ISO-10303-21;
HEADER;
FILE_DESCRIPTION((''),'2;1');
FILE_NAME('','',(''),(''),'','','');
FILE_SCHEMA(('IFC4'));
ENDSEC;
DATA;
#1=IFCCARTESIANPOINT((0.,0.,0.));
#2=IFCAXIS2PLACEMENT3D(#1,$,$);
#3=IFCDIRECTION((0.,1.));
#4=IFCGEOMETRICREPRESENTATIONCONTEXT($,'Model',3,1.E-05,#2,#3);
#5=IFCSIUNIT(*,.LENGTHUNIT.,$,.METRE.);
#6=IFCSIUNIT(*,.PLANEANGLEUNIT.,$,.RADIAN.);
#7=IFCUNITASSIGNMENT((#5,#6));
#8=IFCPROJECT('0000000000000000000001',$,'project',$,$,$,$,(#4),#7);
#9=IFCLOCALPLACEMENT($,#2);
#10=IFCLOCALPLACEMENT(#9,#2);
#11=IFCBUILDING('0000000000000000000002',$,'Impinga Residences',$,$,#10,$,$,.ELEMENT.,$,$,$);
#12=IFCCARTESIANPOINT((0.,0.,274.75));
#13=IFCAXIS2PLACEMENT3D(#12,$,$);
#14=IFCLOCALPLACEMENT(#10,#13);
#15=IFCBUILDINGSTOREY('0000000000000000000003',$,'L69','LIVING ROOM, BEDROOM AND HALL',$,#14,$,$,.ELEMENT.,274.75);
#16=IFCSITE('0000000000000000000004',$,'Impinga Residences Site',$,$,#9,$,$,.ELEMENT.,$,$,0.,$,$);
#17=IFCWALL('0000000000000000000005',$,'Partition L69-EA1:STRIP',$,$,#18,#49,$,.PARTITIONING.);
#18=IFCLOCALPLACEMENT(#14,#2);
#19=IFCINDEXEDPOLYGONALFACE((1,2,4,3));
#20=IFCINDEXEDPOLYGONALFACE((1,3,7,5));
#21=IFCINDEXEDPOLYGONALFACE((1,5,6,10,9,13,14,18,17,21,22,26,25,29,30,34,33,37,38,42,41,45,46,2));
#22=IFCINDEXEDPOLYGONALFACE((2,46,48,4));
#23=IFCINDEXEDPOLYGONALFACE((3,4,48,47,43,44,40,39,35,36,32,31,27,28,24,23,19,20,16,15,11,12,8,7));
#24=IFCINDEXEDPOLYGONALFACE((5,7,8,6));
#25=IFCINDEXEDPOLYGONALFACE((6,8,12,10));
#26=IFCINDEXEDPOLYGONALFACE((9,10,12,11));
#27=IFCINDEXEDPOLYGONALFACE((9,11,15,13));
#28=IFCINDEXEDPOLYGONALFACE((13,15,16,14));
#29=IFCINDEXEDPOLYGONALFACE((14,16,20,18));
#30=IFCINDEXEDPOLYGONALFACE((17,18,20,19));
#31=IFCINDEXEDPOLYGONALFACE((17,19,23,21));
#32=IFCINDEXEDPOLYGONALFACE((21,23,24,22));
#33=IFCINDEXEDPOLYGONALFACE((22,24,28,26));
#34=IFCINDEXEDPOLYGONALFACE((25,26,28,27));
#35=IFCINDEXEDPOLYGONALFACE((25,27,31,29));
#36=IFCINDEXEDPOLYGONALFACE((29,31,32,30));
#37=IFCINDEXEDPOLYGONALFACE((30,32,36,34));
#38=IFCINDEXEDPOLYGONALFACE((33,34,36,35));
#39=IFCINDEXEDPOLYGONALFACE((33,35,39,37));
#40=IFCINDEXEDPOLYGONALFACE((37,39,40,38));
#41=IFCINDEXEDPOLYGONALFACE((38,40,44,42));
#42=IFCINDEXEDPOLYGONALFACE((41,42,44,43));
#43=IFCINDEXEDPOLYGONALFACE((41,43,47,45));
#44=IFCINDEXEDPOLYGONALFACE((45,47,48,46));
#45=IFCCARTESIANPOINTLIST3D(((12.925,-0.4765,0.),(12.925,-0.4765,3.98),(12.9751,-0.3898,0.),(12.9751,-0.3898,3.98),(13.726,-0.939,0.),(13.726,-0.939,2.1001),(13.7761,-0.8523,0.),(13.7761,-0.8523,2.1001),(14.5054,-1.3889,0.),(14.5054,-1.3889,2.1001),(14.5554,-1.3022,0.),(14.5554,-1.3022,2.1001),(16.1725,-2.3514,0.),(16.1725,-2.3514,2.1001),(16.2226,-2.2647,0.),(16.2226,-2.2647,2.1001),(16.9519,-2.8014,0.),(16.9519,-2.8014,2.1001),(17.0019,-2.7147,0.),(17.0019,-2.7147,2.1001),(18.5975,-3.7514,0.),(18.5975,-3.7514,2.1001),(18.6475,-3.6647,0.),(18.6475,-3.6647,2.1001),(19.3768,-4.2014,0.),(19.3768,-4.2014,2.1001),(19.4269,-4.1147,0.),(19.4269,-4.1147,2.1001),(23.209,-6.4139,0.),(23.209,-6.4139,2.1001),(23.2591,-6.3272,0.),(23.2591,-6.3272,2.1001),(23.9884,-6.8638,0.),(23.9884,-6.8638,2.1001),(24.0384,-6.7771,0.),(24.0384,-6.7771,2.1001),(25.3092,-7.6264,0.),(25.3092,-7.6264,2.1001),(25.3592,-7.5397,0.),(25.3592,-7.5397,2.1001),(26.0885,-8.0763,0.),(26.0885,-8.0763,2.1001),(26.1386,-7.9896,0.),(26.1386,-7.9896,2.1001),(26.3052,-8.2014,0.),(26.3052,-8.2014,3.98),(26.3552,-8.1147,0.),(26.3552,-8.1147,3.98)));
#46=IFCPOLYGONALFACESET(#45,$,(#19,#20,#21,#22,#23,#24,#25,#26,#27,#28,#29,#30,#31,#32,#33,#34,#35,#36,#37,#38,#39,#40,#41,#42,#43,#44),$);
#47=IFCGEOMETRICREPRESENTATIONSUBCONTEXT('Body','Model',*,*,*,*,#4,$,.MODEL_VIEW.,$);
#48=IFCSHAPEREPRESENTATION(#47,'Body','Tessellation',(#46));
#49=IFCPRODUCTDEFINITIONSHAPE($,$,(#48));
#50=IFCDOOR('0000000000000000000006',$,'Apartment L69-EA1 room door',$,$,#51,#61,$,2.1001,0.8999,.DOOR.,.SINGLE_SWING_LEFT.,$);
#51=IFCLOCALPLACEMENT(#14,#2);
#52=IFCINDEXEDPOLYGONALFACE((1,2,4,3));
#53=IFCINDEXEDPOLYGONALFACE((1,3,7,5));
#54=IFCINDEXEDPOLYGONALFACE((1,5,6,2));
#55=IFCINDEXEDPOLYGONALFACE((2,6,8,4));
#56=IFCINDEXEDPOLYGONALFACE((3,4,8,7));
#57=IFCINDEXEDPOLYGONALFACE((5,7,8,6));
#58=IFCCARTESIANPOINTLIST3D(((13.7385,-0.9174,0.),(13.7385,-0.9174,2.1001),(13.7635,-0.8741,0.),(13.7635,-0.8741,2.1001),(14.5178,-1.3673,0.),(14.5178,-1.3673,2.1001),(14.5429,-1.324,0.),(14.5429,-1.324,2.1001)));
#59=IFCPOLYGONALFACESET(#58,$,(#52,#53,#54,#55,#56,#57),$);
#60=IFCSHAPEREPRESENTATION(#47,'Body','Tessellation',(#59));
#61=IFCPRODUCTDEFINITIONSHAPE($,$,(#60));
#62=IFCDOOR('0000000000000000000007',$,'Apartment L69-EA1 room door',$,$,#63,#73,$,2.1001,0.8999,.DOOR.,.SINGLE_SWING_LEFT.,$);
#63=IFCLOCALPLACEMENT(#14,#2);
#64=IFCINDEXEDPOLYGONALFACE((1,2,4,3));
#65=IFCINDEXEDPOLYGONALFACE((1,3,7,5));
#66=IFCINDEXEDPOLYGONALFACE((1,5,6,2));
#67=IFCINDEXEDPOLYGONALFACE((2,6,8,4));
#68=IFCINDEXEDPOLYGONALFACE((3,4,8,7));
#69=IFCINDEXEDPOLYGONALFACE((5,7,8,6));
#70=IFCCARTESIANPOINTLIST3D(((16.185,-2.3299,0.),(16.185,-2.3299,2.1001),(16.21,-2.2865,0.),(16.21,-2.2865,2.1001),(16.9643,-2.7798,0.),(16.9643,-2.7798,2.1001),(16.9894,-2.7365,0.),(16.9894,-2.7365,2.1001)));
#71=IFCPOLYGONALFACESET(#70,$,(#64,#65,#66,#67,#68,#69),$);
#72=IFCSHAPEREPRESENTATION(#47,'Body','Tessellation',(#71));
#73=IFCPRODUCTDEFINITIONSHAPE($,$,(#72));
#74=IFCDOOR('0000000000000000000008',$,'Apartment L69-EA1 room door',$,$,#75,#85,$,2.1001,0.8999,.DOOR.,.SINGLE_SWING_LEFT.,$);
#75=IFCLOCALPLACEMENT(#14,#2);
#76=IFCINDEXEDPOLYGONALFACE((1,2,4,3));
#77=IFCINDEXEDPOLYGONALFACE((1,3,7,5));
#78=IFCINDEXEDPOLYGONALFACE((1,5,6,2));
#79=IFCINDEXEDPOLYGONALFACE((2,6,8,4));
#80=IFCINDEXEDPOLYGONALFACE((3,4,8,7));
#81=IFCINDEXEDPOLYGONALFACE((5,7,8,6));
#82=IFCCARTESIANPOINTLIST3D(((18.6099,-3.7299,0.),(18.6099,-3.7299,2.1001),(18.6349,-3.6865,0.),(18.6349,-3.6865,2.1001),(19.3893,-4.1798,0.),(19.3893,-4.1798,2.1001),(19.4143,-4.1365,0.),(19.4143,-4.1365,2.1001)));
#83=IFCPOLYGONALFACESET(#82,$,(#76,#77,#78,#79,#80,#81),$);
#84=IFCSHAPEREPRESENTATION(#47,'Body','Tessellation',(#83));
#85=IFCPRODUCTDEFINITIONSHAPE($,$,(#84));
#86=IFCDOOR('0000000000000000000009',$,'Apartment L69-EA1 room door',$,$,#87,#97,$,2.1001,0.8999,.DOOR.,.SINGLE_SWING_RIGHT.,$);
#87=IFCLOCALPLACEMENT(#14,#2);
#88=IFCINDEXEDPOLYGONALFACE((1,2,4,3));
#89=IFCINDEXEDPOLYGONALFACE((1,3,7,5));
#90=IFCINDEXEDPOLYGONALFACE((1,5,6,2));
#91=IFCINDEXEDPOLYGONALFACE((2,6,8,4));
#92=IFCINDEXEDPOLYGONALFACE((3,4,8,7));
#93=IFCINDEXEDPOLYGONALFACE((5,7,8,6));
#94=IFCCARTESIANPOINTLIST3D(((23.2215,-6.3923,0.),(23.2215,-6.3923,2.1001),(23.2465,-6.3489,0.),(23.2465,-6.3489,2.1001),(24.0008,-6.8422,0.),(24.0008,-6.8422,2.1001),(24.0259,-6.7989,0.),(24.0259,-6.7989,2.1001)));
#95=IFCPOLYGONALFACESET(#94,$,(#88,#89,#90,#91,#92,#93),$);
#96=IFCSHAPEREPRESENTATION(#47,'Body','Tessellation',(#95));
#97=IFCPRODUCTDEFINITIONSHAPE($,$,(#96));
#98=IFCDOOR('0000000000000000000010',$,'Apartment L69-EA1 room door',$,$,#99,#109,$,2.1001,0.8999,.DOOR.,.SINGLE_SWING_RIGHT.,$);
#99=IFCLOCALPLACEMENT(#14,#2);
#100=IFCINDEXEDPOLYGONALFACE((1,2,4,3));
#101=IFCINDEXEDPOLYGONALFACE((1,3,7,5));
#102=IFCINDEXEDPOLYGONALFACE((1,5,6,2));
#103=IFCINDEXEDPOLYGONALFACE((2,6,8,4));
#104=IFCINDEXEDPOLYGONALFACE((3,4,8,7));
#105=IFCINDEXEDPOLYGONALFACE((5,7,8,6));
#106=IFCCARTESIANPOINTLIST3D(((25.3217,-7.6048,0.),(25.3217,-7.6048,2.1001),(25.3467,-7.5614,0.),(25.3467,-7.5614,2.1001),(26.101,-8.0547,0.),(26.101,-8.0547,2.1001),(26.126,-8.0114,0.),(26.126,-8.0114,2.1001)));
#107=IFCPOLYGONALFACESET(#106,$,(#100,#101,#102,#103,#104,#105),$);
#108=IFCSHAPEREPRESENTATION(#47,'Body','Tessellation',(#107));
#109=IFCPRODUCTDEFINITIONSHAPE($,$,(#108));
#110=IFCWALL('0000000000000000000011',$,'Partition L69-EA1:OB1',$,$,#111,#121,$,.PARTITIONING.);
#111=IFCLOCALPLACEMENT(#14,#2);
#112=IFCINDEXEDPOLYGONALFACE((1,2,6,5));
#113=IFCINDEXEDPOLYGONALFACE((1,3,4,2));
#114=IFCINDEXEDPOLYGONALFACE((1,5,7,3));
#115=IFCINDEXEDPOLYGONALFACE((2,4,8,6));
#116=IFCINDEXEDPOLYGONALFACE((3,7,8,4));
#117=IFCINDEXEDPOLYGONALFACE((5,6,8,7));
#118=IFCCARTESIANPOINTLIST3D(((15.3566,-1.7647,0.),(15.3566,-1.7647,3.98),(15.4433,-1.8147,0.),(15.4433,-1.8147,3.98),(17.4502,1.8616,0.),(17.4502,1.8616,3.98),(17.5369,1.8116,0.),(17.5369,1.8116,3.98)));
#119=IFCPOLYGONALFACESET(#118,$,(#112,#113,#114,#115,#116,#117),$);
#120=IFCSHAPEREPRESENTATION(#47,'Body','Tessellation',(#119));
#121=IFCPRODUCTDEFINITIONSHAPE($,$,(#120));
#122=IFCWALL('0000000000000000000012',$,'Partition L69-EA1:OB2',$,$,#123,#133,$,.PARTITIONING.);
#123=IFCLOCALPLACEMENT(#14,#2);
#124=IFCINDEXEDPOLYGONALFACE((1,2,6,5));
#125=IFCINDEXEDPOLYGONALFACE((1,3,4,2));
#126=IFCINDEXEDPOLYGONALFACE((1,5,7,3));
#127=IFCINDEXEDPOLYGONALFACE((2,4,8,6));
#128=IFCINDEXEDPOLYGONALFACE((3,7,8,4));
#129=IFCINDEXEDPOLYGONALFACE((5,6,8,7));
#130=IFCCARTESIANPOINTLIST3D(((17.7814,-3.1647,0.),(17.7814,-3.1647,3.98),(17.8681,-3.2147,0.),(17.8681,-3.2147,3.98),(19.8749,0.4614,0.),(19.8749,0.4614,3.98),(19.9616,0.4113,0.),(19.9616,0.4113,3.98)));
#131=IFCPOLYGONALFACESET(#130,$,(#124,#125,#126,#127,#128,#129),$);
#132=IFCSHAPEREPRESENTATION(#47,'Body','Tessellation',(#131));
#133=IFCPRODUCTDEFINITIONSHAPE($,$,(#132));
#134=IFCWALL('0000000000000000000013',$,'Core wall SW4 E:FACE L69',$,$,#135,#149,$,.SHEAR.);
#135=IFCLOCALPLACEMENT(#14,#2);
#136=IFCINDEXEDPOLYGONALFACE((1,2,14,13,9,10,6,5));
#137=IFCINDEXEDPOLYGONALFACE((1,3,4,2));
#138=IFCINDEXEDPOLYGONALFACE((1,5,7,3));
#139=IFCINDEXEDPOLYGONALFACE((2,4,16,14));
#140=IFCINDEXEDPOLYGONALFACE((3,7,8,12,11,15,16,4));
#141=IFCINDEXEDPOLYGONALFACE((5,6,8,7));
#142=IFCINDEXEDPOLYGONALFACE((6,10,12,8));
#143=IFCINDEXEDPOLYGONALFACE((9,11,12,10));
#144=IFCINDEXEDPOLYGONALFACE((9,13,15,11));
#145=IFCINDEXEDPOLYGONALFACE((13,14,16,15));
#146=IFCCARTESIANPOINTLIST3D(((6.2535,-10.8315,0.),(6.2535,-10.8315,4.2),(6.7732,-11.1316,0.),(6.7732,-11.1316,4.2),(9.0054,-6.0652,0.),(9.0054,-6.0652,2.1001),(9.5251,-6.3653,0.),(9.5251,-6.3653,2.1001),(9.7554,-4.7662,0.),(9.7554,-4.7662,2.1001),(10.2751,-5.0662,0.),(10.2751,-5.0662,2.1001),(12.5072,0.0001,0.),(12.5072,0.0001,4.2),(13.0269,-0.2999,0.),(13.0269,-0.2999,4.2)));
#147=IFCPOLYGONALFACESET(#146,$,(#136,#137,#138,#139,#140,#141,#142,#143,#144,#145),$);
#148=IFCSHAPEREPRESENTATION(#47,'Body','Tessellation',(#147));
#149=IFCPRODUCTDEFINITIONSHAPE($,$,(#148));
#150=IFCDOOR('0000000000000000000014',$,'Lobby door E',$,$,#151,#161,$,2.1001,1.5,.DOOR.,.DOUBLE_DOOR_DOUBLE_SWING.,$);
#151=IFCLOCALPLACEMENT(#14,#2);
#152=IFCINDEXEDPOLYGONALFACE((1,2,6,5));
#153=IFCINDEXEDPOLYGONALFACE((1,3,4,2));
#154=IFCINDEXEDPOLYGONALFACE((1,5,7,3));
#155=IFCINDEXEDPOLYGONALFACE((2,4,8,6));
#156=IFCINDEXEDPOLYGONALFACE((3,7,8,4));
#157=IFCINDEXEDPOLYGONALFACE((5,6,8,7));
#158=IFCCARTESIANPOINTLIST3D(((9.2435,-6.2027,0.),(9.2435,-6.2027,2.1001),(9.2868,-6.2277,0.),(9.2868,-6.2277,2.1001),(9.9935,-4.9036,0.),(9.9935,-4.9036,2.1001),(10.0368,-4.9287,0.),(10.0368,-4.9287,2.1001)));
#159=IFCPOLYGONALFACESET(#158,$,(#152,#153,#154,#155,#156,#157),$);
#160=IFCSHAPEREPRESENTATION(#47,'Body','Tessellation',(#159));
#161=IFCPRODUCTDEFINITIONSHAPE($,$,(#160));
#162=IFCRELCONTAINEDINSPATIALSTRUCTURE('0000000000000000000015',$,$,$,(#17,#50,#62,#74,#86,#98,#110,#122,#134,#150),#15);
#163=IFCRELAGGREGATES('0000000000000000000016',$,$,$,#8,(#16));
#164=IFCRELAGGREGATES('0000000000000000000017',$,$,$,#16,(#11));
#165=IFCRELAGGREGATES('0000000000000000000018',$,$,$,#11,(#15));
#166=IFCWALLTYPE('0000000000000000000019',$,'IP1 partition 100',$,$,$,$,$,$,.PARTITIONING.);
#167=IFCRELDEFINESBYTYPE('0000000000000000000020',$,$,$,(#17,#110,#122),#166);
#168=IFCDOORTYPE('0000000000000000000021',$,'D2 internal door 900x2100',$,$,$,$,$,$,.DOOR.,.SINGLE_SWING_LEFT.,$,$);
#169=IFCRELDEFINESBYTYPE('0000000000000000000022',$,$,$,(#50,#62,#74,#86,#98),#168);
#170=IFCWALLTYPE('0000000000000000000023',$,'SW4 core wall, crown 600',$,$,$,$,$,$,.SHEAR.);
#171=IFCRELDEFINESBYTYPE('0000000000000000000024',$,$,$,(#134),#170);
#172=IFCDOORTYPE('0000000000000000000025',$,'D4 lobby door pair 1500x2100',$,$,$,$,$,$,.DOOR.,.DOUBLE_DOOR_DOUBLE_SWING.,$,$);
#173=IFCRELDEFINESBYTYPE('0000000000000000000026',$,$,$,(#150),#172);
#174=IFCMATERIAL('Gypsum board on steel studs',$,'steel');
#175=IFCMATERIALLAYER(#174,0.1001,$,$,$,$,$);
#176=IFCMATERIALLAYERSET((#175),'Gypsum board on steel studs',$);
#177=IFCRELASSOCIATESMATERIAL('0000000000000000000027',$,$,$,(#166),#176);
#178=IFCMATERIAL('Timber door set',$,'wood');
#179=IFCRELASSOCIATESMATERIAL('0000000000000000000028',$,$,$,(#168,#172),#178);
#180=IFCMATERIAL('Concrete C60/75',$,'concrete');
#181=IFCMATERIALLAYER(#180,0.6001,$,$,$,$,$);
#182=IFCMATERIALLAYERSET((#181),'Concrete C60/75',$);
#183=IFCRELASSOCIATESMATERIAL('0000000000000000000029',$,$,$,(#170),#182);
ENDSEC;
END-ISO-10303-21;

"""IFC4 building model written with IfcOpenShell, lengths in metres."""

from ifc_helpers import new_model, si_unit, direction, frame, frame_2d, origin, place, context, subcontext, project, spatial, rectangle, extrude, material, layer, layer_set, type_object, element, fill, save


model = new_model("IFC4")

# Units and contexts
model_context = context("Model", 3, precision=1e-05, world=origin(), true_north=direction((0.0, 1.0)))
body_context = subcontext(model_context, "Body", "Model", "MODEL_VIEW")
ifc_project = project(units=[si_unit("LENGTHUNIT", "METRE"), si_unit("PLANEANGLEUNIT", "RADIAN")], contexts=[model_context])

# Site, building, storey
site_placement = place(None, origin())
site = spatial("IfcSite", under=ifc_project, at=site_placement, Name="Impinga Residences Site", CompositionType="ELEMENT", RefElevation=0.0)
building_placement = place(site_placement, origin())
building = spatial("IfcBuilding", under=site, at=building_placement, Name="Impinga Residences", CompositionType="ELEMENT")
storey_placement = place(building_placement, frame((0.0, 0.0, 274.75)))
storey = spatial("IfcBuildingStorey", under=building, at=storey_placement, Name="L69", Description="LIVING ROOM, BEDROOM AND HALL", CompositionType="ELEMENT", Elevation=274.75)

# Shared definitions
ifc_material_1 = material(Name="Gypsum board on steel studs", Category="steel")
ifc_layer_1 = layer(ifc_material_1, 0.1001)
ifc_layer_set_1 = layer_set([ifc_layer_1], Name="Gypsum board on steel studs")
wall_type_1 = type_object("IfcWallType", Name="IP1 partition 100", PredefinedType="PARTITIONING", material=ifc_layer_set_1)

# Wall, openings, doors
wall_1_placement = place(storey_placement, frame((12.95, -0.4331, 0.0), z_axis=(0.0, 0.0, 1.0), x_axis=(0.86603, -0.499992, 0.0)))
wall_1 = element("IfcWall", 1, at=wall_1_placement, inside=storey, type_object=wall_type_1, Name="Partition L69-EA1:STRIP", PredefinedType="PARTITIONING", context=body_context, shape_type="SweptSolid", body=[
    extrude(rectangle(XDim=15.45, YDim=0.1001, at=frame_2d((7.7251, 0.0))), origin(), (0.0, 0.0, 1.0), 3.98),
])
opening_1_placement = place(wall_1_placement, frame((0.925, 0.0, 0.0)))
opening_1 = element("IfcOpeningElement", 2, at=opening_1_placement, cuts=wall_1, PredefinedType="OPENING", context=body_context, shape_type="SweptSolid", body=[
    extrude(rectangle(XDim=0.8999, YDim=2.1001, at=frame_2d((0.45, 1.05))), frame((0.0, 0.0601, 0.0), z_axis=(0.0, -1.0, 0.0), x_axis=(1.0, 0.0, 0.0)), (0.0, 0.0, 1.0), 0.1201),
])
opening_2_placement = place(wall_1_placement, frame((3.75, 0.0, 0.0)))
opening_2 = element("IfcOpeningElement", 3, at=opening_2_placement, cuts=wall_1, PredefinedType="OPENING", context=body_context, shape_type="SweptSolid", body=[
    extrude(rectangle(XDim=0.8999, YDim=2.1001, at=frame_2d((0.45, 1.05))), frame((0.0, 0.0601, 0.0), z_axis=(0.0, -1.0, 0.0), x_axis=(1.0, 0.0, 0.0)), (0.0, 0.0, 1.0), 0.1201),
])
opening_3_placement = place(wall_1_placement, frame((6.55, 0.0, 0.0)))
opening_3 = element("IfcOpeningElement", 4, at=opening_3_placement, cuts=wall_1, PredefinedType="OPENING", context=body_context, shape_type="SweptSolid", body=[
    extrude(rectangle(XDim=0.8999, YDim=2.1001, at=frame_2d((0.45, 1.05))), frame((0.0, 0.0601, 0.0), z_axis=(0.0, -1.0, 0.0), x_axis=(1.0, 0.0, 0.0)), (0.0, 0.0, 1.0), 0.1201),
])
opening_4_placement = place(wall_1_placement, frame((11.875, 0.0, 0.0)))
opening_4 = element("IfcOpeningElement", 5, at=opening_4_placement, cuts=wall_1, PredefinedType="OPENING", context=body_context, shape_type="SweptSolid", body=[
    extrude(rectangle(XDim=0.8999, YDim=2.1001, at=frame_2d((0.45, 1.05))), frame((0.0, 0.0601, 0.0), z_axis=(0.0, -1.0, 0.0), x_axis=(1.0, 0.0, 0.0)), (0.0, 0.0, 1.0), 0.1201),
])
opening_5_placement = place(wall_1_placement, frame((14.3, 0.0, 0.0)))
opening_5 = element("IfcOpeningElement", 6, at=opening_5_placement, cuts=wall_1, PredefinedType="OPENING", context=body_context, shape_type="SweptSolid", body=[
    extrude(rectangle(XDim=0.8999, YDim=2.1001, at=frame_2d((0.45, 1.05))), frame((0.0, 0.0601, 0.0), z_axis=(0.0, -1.0, 0.0), x_axis=(1.0, 0.0, 0.0)), (0.0, 0.0, 1.0), 0.1201),
])
ifc_material_2 = material(Name="Timber door set", Category="wood")
door_type_1 = type_object("IfcDoorType", Name="D2 internal door 900x2100", OperationType="SINGLE_SWING_LEFT", PredefinedType="DOOR", material=ifc_material_2)
door_1_placement = place(opening_1_placement, origin())
door_1 = element("IfcDoor", 7, at=door_1_placement, inside=storey, type_object=door_type_1, Name="Apartment L69-EA1 room door", OperationType="SINGLE_SWING_LEFT", OverallHeight=2.1001, OverallWidth=0.8999, PredefinedType="DOOR", context=body_context, shape_type="SweptSolid", body=[
    extrude(rectangle(XDim=0.8999, YDim=2.1001, at=frame_2d((0.45, 1.05))), frame((0.0, 0.0249, 0.0), z_axis=(0.0, -1.0, 0.0), x_axis=(1.0, 0.0, 0.0)), (0.0, 0.0, 1.0), 0.05),
])
fill(opening_1, door_1)
door_2_placement = place(opening_2_placement, origin())
door_2 = element("IfcDoor", 8, at=door_2_placement, inside=storey, type_object=door_type_1, Name="Apartment L69-EA1 room door", OperationType="SINGLE_SWING_LEFT", OverallHeight=2.1001, OverallWidth=0.8999, PredefinedType="DOOR", context=body_context, shape_type="SweptSolid", body=[
    extrude(rectangle(XDim=0.8999, YDim=2.1001, at=frame_2d((0.45, 1.05))), frame((0.0, 0.0249, 0.0), z_axis=(0.0, -1.0, 0.0), x_axis=(1.0, 0.0, 0.0)), (0.0, 0.0, 1.0), 0.05),
])
fill(opening_2, door_2)
door_3_placement = place(opening_3_placement, origin())
door_3 = element("IfcDoor", 9, at=door_3_placement, inside=storey, type_object=door_type_1, Name="Apartment L69-EA1 room door", OperationType="SINGLE_SWING_LEFT", OverallHeight=2.1001, OverallWidth=0.8999, PredefinedType="DOOR", context=body_context, shape_type="SweptSolid", body=[
    extrude(rectangle(XDim=0.8999, YDim=2.1001, at=frame_2d((0.45, 1.05))), frame((0.0, 0.0249, 0.0), z_axis=(0.0, -1.0, 0.0), x_axis=(1.0, 0.0, 0.0)), (0.0, 0.0, 1.0), 0.05),
])
fill(opening_3, door_3)
door_4_placement = place(opening_4_placement, origin())
door_4 = element("IfcDoor", 10, at=door_4_placement, inside=storey, type_object=door_type_1, Name="Apartment L69-EA1 room door", OperationType="SINGLE_SWING_RIGHT", OverallHeight=2.1001, OverallWidth=0.8999, PredefinedType="DOOR", context=body_context, shape_type="SweptSolid", body=[
    extrude(rectangle(XDim=0.8999, YDim=2.1001, at=frame_2d((0.45, 1.05))), frame((0.0, 0.0249, 0.0), z_axis=(0.0, -1.0, 0.0), x_axis=(1.0, 0.0, 0.0)), (0.0, 0.0, 1.0), 0.05),
])
fill(opening_4, door_4)
door_5_placement = place(opening_5_placement, origin())
door_5 = element("IfcDoor", 11, at=door_5_placement, inside=storey, type_object=door_type_1, Name="Apartment L69-EA1 room door", OperationType="SINGLE_SWING_RIGHT", OverallHeight=2.1001, OverallWidth=0.8999, PredefinedType="DOOR", context=body_context, shape_type="SweptSolid", body=[
    extrude(rectangle(XDim=0.8999, YDim=2.1001, at=frame_2d((0.45, 1.05))), frame((0.0, 0.0249, 0.0), z_axis=(0.0, -1.0, 0.0), x_axis=(1.0, 0.0, 0.0)), (0.0, 0.0, 1.0), 0.05),
])
fill(opening_5, door_5)

# Walls
wall_2_placement = place(storey_placement, frame((15.3999, -1.7898, 0.0), z_axis=(0.0, 0.0, 1.0), x_axis=(0.499983, 0.866035, 0.0)))
element("IfcWall", 12, at=wall_2_placement, inside=storey, type_object=wall_type_1, Name="Partition L69-EA1:OB1", PredefinedType="PARTITIONING", context=body_context, shape_type="SweptSolid", body=[
    extrude(rectangle(XDim=4.1873, YDim=0.1001, at=frame_2d((2.0938, 0.0))), origin(), (0.0, 0.0, 1.0), 3.98),
])
wall_3_placement = place(storey_placement, frame((17.8247, -3.1897, 0.0), z_axis=(0.0, 0.0, 1.0), x_axis=(0.500008, 0.866021, 0.0)))
element("IfcWall", 13, at=wall_3_placement, inside=storey, type_object=wall_type_1, Name="Partition L69-EA1:OB2", PredefinedType="PARTITIONING", context=body_context, shape_type="SweptSolid", body=[
    extrude(rectangle(XDim=4.187, YDim=0.1001, at=frame_2d((2.0935, 0.0))), origin(), (0.0, 0.0, 1.0), 3.98),
])

# Wall, opening, door
ifc_material_3 = material(Name="Concrete C60/75", Category="concrete")
ifc_layer_2 = layer(ifc_material_3, 0.6001)
ifc_layer_set_2 = layer_set([ifc_layer_2], Name="Concrete C60/75")
wall_type_2 = type_object("IfcWallType", Name="SW4 core wall, crown 600", PredefinedType="SHEAR", material=ifc_layer_set_2)
wall_4_placement = place(storey_placement, frame((12.7671, -0.1499, 0.0), z_axis=(0.0, 0.0, 1.0), x_axis=(-0.500004, -0.866023, 0.0)))
wall_4 = element("IfcWall", 14, at=wall_4_placement, inside=storey, type_object=wall_type_2, Name="Core wall SW4 E:FACE L69", PredefinedType="SHEAR", context=body_context, shape_type="SweptSolid", body=[
    extrude(rectangle(XDim=12.5073, YDim=0.6001, at=frame_2d((6.2537, 0.0))), origin(), (0.0, 0.0, 1.0), 4.2),
])
opening_6_placement = place(wall_4_placement, frame((5.5037, 0.0, 0.0)))
opening_6 = element("IfcOpeningElement", 15, at=opening_6_placement, cuts=wall_4, PredefinedType="OPENING", context=body_context, shape_type="SweptSolid", body=[
    extrude(rectangle(XDim=1.5, YDim=2.1001, at=frame_2d((0.75, 1.05))), frame((0.0, 0.3101, 0.0), z_axis=(0.0, -1.0, 0.0), x_axis=(1.0, 0.0, 0.0)), (0.0, 0.0, 1.0), 0.6201),
])
door_type_2 = type_object("IfcDoorType", Name="D4 lobby door pair 1500x2100", OperationType="DOUBLE_DOOR_DOUBLE_SWING", PredefinedType="DOOR", material=ifc_material_2)
door_6_placement = place(opening_6_placement, origin())
door_6 = element("IfcDoor", 16, at=door_6_placement, inside=storey, type_object=door_type_2, Name="Lobby door E", OperationType="DOUBLE_DOOR_DOUBLE_SWING", OverallHeight=2.1001, OverallWidth=1.5, PredefinedType="DOOR", context=body_context, shape_type="SweptSolid", body=[
    extrude(rectangle(XDim=1.5, YDim=2.1001, at=frame_2d((0.75, 1.05))), frame((0.0, 0.0249, 0.0), z_axis=(0.0, -1.0, 0.0), x_axis=(1.0, 0.0, 0.0)), (0.0, 0.0, 1.0), 0.05),
])
fill(opening_6, door_6)

save(model, "model.ifc")
